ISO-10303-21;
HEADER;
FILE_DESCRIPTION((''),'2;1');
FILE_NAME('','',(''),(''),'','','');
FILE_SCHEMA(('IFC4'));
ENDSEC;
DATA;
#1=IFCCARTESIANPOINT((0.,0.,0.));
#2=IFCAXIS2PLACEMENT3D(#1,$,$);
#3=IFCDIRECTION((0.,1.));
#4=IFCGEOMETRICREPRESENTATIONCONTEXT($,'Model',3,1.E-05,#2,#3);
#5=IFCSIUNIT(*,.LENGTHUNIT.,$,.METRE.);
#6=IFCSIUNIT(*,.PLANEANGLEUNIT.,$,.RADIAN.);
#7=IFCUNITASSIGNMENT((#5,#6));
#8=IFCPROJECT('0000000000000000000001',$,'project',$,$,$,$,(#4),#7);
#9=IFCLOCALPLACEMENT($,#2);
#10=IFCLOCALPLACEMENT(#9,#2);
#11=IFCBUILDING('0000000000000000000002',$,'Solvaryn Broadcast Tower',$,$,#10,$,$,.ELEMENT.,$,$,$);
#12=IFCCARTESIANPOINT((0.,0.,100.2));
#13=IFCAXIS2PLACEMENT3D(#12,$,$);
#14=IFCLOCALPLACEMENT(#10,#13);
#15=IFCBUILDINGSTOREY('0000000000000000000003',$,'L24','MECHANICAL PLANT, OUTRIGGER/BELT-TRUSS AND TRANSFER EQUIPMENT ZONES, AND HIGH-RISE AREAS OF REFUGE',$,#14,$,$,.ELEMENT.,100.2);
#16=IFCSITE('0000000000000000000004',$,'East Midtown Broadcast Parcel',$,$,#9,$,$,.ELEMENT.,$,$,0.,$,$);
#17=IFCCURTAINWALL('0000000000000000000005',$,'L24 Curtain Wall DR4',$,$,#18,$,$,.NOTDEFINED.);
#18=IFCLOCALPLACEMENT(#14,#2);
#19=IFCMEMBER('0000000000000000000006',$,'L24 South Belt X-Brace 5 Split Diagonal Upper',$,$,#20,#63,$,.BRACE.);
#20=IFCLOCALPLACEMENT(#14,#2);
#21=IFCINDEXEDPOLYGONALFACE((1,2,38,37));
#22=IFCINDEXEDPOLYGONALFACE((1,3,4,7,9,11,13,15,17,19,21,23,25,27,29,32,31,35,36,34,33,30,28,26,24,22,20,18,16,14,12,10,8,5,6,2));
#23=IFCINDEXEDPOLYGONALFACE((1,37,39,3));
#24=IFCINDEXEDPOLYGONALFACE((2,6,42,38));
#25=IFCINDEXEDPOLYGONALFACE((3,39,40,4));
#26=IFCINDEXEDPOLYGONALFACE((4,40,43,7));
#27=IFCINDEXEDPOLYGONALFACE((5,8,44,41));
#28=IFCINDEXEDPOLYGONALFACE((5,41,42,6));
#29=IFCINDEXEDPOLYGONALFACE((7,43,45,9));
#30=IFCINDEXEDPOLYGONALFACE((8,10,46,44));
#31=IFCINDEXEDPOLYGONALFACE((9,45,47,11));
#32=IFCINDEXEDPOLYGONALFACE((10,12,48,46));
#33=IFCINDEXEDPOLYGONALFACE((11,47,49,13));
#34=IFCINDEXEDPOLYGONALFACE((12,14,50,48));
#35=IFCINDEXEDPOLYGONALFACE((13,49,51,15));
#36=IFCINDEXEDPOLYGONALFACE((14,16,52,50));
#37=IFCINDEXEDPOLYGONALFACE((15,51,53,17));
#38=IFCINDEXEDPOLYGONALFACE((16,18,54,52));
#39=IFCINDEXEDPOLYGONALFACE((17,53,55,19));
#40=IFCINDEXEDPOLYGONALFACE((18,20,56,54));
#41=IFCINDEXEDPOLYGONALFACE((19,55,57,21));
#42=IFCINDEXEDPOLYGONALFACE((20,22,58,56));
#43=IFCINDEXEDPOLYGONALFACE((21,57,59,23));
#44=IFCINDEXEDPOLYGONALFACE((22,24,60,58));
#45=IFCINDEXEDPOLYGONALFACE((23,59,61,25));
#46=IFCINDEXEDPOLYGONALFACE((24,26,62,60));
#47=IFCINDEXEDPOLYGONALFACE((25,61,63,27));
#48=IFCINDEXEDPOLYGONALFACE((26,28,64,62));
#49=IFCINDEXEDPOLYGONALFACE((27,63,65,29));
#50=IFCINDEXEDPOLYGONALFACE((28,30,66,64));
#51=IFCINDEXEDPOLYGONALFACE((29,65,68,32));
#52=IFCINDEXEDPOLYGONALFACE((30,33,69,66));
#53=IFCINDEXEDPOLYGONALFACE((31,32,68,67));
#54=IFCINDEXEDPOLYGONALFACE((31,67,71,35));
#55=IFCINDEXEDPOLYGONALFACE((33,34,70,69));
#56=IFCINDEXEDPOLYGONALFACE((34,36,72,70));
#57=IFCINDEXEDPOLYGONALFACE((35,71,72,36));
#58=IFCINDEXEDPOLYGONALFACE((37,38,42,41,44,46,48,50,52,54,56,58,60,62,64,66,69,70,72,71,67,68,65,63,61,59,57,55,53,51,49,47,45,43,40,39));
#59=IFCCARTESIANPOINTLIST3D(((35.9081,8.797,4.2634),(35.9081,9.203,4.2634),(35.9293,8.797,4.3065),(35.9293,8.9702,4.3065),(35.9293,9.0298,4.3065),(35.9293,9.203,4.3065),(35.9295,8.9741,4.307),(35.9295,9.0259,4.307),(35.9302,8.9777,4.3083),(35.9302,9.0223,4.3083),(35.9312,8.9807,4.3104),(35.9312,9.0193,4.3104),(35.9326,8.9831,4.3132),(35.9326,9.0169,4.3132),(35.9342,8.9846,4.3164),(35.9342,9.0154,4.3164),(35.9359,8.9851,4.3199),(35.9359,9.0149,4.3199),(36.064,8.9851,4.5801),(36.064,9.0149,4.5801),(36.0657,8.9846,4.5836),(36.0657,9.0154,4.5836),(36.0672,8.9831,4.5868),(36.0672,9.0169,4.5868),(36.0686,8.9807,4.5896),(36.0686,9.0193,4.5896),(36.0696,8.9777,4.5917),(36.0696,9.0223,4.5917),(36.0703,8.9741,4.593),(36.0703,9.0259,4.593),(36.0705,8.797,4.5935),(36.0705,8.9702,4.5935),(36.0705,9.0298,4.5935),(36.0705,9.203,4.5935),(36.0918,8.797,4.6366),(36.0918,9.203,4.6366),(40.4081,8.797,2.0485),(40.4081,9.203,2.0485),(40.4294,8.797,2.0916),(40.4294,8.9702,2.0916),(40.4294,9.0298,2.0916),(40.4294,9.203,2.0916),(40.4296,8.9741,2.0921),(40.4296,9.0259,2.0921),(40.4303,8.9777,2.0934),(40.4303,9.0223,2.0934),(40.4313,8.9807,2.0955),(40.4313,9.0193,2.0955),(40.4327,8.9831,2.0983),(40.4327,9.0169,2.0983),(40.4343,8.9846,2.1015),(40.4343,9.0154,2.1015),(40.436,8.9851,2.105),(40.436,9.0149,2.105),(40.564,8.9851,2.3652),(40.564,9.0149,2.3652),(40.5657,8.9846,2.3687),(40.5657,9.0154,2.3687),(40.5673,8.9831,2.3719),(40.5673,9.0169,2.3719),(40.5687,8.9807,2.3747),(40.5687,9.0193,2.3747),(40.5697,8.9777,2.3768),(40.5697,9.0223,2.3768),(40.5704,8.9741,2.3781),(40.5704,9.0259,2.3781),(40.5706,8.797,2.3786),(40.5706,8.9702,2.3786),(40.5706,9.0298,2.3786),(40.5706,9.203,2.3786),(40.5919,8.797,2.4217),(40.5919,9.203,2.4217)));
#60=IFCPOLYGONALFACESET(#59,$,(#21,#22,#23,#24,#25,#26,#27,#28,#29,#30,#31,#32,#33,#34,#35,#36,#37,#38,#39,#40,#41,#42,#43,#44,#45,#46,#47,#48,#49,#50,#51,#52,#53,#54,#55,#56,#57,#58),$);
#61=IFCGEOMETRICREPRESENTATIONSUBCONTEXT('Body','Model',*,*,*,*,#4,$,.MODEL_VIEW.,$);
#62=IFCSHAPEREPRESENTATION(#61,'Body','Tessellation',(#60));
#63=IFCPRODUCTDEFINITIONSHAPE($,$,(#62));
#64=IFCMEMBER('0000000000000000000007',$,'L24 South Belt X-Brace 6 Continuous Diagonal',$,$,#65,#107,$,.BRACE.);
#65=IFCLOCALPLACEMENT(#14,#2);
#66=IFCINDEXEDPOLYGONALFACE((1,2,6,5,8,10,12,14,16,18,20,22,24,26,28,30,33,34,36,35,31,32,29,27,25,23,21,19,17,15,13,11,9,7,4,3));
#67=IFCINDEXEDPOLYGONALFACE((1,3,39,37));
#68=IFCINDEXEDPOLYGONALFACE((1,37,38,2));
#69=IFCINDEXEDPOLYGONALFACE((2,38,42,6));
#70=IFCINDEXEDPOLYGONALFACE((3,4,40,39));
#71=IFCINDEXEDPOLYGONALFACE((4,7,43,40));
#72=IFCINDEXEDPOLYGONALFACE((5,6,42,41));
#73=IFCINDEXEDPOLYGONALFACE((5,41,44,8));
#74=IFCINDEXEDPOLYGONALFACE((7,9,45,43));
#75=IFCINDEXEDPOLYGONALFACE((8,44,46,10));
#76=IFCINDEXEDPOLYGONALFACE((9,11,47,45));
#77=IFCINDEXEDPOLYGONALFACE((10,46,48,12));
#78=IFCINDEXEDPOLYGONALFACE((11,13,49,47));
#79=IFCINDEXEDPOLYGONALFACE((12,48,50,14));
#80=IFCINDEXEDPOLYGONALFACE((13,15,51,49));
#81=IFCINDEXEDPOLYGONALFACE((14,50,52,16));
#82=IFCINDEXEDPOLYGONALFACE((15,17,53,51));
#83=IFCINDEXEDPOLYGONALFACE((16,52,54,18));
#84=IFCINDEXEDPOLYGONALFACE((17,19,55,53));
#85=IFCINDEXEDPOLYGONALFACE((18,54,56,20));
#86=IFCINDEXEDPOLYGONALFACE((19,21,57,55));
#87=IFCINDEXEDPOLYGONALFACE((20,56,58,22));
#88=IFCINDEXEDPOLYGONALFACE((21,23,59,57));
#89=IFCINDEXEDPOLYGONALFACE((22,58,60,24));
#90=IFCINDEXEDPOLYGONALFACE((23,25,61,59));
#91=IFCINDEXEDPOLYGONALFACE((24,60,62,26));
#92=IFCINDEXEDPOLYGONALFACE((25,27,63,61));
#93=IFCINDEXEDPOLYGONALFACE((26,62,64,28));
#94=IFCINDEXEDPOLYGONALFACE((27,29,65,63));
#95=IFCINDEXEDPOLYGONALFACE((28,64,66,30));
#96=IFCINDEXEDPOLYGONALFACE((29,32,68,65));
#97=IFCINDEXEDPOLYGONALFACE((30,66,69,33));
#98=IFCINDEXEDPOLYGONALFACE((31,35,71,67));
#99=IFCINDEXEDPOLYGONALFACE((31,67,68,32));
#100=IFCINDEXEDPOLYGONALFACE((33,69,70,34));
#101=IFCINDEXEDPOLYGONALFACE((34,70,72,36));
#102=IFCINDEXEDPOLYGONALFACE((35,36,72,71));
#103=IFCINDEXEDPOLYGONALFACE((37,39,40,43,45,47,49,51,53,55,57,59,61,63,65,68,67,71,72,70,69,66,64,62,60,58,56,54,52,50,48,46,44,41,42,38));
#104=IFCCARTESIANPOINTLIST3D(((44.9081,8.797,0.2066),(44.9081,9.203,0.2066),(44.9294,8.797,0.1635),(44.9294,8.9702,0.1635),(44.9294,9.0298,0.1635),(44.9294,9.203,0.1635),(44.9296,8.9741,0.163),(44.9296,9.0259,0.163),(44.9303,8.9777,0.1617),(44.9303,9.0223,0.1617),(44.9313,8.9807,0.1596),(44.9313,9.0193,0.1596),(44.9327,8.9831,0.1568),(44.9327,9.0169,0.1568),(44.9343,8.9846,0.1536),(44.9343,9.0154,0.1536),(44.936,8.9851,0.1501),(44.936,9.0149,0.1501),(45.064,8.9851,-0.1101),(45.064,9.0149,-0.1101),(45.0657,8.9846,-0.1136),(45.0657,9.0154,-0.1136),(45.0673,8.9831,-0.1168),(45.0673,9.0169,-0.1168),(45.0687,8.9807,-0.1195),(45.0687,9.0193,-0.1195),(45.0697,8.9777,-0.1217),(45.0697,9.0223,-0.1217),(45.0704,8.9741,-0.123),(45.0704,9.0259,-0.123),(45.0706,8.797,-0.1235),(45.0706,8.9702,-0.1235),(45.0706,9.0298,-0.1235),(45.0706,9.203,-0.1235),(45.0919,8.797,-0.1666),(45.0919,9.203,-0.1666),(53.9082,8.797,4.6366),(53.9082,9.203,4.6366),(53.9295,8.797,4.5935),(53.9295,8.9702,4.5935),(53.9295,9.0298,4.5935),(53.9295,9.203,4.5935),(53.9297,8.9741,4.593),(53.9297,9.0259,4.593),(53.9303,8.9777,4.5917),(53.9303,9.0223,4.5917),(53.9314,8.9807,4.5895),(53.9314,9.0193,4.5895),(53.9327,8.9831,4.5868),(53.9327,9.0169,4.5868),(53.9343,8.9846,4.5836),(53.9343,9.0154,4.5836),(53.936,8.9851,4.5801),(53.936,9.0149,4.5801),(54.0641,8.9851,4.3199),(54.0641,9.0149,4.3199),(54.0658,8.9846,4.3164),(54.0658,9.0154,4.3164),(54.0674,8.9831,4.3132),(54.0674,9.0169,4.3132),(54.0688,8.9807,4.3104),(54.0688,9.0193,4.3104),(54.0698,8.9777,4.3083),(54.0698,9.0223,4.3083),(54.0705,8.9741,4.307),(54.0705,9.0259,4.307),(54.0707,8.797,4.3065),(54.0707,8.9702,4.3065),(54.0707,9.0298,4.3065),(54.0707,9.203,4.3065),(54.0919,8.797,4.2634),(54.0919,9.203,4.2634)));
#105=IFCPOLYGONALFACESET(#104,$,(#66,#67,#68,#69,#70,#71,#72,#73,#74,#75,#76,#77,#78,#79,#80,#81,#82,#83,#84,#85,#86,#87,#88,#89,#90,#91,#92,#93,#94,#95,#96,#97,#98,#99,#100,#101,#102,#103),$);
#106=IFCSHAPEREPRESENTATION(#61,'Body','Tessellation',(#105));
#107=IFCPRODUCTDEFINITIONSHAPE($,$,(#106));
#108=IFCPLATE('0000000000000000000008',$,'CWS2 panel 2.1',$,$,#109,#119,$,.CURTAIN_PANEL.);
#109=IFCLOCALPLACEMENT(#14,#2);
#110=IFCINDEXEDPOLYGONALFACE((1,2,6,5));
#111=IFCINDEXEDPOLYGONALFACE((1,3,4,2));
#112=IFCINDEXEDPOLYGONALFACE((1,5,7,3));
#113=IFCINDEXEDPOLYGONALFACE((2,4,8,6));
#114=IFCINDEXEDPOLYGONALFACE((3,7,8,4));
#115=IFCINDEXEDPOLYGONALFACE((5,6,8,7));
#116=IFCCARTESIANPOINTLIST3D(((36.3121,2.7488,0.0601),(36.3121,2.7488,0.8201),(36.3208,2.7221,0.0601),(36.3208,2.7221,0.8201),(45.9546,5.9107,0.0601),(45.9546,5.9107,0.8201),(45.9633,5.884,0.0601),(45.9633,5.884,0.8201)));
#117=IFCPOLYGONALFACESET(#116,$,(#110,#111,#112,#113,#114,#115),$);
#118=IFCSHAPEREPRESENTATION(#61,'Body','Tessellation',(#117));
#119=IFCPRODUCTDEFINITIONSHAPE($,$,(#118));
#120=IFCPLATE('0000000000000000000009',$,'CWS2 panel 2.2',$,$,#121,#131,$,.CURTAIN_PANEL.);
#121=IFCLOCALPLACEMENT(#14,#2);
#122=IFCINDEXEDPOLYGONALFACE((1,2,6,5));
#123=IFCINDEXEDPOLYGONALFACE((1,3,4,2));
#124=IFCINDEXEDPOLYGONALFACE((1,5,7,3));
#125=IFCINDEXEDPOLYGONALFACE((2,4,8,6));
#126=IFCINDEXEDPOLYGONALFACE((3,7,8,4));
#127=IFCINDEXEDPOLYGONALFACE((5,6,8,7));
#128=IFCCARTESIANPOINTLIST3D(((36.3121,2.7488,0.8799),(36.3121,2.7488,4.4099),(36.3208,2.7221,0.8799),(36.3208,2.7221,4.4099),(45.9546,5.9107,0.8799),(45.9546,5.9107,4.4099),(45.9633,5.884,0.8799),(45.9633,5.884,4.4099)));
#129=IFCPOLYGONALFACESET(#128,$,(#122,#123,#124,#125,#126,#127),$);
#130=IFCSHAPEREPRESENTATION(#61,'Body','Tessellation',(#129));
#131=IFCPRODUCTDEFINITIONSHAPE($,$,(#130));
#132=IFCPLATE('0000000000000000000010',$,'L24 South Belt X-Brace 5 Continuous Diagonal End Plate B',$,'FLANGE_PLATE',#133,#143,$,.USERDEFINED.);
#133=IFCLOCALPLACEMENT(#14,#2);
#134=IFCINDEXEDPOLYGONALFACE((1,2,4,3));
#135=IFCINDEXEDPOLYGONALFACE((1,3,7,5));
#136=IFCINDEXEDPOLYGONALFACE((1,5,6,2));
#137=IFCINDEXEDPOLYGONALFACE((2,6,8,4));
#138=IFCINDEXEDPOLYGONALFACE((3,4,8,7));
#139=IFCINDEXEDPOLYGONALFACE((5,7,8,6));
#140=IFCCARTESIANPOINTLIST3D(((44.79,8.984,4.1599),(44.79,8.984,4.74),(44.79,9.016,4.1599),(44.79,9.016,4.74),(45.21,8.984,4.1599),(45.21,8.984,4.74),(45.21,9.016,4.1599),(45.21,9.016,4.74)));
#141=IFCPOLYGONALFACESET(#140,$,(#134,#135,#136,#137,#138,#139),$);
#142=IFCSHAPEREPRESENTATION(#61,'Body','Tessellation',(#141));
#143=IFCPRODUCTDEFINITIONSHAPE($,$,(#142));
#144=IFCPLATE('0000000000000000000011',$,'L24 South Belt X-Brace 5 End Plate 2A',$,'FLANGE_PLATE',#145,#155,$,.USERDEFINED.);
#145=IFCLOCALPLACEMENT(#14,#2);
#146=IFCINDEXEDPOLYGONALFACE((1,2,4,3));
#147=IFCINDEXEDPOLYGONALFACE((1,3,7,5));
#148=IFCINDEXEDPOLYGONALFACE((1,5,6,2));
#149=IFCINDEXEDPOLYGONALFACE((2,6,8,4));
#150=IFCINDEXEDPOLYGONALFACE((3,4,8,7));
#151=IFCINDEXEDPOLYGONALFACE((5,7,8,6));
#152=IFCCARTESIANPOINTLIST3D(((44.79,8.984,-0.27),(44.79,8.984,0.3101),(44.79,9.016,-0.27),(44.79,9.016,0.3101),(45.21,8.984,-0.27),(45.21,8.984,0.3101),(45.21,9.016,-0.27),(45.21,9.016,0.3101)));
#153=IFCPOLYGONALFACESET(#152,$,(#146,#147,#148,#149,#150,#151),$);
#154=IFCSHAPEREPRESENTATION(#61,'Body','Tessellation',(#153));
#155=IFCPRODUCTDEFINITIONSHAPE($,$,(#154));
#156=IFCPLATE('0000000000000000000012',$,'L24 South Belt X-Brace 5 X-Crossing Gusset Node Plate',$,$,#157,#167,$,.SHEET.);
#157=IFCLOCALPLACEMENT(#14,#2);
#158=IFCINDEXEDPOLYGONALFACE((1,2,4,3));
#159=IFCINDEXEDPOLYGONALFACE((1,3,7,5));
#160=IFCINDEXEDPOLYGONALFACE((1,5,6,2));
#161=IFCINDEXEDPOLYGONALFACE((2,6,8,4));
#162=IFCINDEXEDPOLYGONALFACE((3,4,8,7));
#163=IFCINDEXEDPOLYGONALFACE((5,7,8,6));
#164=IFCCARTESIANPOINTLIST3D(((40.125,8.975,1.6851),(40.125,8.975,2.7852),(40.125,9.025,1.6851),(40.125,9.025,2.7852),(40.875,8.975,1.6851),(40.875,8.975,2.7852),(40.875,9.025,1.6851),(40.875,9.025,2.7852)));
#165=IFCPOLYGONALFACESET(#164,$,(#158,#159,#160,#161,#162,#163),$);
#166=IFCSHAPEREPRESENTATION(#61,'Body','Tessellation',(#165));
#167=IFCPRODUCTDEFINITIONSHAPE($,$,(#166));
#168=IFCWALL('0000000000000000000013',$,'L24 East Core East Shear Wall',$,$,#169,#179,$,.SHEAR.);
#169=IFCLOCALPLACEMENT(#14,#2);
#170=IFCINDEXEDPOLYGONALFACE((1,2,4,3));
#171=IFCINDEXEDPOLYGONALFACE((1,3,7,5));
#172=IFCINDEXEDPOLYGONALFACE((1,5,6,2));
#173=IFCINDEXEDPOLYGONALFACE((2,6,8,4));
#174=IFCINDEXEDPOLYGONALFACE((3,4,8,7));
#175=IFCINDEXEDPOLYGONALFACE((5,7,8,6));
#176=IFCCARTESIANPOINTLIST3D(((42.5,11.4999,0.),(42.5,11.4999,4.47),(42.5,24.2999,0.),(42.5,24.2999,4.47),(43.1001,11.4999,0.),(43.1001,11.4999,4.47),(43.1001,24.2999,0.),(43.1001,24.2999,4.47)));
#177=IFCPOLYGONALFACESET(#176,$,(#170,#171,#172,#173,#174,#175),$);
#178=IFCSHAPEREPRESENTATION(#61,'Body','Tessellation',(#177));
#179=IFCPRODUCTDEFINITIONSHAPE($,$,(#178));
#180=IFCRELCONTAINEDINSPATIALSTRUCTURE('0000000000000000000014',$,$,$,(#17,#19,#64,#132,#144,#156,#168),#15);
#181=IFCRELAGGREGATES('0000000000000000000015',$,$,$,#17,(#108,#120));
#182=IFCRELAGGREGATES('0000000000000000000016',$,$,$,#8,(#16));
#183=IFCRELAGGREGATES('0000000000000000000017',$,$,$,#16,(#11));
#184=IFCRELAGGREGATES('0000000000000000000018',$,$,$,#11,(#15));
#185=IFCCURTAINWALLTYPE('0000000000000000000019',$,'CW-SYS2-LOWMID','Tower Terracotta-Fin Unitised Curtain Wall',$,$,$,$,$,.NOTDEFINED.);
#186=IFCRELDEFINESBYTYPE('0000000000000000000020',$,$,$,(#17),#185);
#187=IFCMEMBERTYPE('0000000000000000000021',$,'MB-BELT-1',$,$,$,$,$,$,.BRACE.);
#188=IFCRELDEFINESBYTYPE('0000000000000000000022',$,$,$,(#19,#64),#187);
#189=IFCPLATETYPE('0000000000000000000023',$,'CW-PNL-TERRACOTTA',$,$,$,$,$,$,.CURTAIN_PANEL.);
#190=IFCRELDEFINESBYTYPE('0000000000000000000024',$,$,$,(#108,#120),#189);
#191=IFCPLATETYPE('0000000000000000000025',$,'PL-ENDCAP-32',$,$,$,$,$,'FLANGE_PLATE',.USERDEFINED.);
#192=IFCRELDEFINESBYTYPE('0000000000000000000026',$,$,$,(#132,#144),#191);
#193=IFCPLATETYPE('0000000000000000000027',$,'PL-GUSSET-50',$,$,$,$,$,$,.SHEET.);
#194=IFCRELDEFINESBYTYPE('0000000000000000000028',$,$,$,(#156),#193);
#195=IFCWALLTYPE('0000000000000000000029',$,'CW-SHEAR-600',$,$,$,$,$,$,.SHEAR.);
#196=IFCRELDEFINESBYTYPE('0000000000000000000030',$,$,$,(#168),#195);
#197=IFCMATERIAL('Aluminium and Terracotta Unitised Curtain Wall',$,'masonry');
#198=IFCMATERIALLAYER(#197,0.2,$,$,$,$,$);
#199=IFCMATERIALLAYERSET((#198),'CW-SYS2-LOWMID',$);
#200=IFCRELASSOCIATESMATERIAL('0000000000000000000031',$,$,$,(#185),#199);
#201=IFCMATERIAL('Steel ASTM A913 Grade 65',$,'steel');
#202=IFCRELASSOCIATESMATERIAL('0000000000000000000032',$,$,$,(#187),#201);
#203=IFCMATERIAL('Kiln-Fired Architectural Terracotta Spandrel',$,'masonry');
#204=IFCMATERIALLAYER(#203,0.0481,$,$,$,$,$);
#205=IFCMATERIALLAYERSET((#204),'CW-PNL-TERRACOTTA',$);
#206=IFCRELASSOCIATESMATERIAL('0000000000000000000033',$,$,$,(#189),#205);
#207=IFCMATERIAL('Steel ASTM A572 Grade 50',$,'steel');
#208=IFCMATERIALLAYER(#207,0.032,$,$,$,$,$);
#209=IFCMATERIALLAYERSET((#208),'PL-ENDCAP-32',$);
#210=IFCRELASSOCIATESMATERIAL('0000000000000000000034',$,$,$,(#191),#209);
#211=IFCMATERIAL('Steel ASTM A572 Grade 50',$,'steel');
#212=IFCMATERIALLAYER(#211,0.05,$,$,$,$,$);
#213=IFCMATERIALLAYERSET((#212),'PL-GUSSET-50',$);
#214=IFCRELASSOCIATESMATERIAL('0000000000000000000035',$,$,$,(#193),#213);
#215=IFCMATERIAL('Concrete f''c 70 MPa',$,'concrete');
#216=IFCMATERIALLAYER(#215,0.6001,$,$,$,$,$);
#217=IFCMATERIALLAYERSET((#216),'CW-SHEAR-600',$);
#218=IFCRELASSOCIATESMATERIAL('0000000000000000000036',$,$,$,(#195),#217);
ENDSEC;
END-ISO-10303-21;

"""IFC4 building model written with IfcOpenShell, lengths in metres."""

from ifc_helpers import new_model, si_unit, direction, frame, frame_2d, origin, origin_2d, place, context, subcontext, project, spatial, rectangle, i_section, extrude, material, layer, layer_set, material_profile, profile_set, type_object, element, aggregate, save


model = new_model("IFC4")

# Units and contexts
model_context = context("Model", 3, precision=1e-05, world=origin(), true_north=direction((0.0, 1.0)))
body_context = subcontext(model_context, "Body", "Model", "MODEL_VIEW")
ifc_project = project(units=[si_unit("LENGTHUNIT", "METRE"), si_unit("PLANEANGLEUNIT", "RADIAN")], contexts=[model_context])

# Site, building, storey
site_placement = place(None, origin())
site = spatial("IfcSite", under=ifc_project, at=site_placement, Name="East Midtown Broadcast Parcel", CompositionType="ELEMENT", RefElevation=0.0)
building_placement = place(site_placement, origin())
building = spatial("IfcBuilding", under=site, at=building_placement, Name="Solvaryn Broadcast Tower", CompositionType="ELEMENT")
storey_placement = place(building_placement, frame((0.0, 0.0, 100.2)))
storey = spatial("IfcBuildingStorey", under=building, at=storey_placement, Name="L24", Description="MECHANICAL PLANT, OUTRIGGER/BELT-TRUSS AND TRANSFER EQUIPMENT ZONES, AND HIGH-RISE AREAS OF REFUGE", CompositionType="ELEMENT", Elevation=100.2)

# Curtain wall
ifc_material_1 = material(Name="Aluminium and Terracotta Unitised Curtain Wall", Category="masonry")
ifc_layer_1 = layer(ifc_material_1, 0.2)
ifc_layer_set_1 = layer_set([ifc_layer_1], Name="CW-SYS2-LOWMID")
curtain_wall_type = type_object("IfcCurtainWallType", Name="CW-SYS2-LOWMID", Description="Tower Terracotta-Fin Unitised Curtain Wall", PredefinedType="NOTDEFINED", material=ifc_layer_set_1)
curtain_wall_1_placement = place(storey_placement, origin())
curtain_wall_1 = element("IfcCurtainWall", 1, at=curtain_wall_1_placement, inside=storey, type_object=curtain_wall_type, Name="L24 Curtain Wall DR4", PredefinedType="NOTDEFINED")

# Members
ifc_material_2 = material(Name="Steel ASTM A913 Grade 65", Category="steel")
ifc_material_profile_1 = material_profile(ifc_material_2, i_section(OverallWidth=0.406, OverallDepth=0.416, WebThickness=0.0298, FlangeThickness=0.0481, FilletRadius=0.0149, at=origin_2d()))
ifc_profile_set_1 = profile_set([ifc_material_profile_1], Name="Steel ASTM A913 Grade 65")
member_type_1 = type_object("IfcMemberType", Name="MB-BELT-1", PredefinedType="BRACE", material=ifc_profile_set_1)
for number, where, z_axis, x_axis, name in (
    (2, (40.5, 9.0, 2.2351), (-0.897213, 0.0, 0.441597), (0.0, -1.0, 0.0), "L24 South Belt X-Brace 5 Split Diagonal Upper"),
):
    element("IfcMember", number, at=place(storey_placement, frame(where, z_axis=z_axis, x_axis=x_axis)), inside=storey, type_object=member_type_1, Name=name, PredefinedType="BRACE", context=body_context, shape_type="SweptSolid", body=[
        extrude(i_section(OverallWidth=0.406, OverallDepth=0.416, WebThickness=0.0298, FlangeThickness=0.0481, FilletRadius=0.0149, at=origin_2d()), origin(), (0.0, 0.0, 1.0), 5.0156),
    ])
member_1_placement = place(storey_placement, frame((45.0, 9.0, 0.02), z_axis=(0.897204, 0.0, 0.441617), x_axis=(0.0, 1.0, 0.0)))
element("IfcMember", 3, at=member_1_placement, inside=storey, type_object=member_type_1, Name="L24 South Belt X-Brace 6 Continuous Diagonal", PredefinedType="BRACE", context=body_context, shape_type="SweptSolid", body=[
    extrude(i_section(OverallWidth=0.406, OverallDepth=0.416, WebThickness=0.0298, FlangeThickness=0.0481, FilletRadius=0.0149, at=origin_2d()), origin(), (0.0, 0.0, 1.0), 10.0312),
])

# Plates
ifc_material_3 = material(Name="Kiln-Fired Architectural Terracotta Spandrel", Category="masonry")
ifc_layer_2 = layer(ifc_material_3, 0.0481)
ifc_layer_set_2 = layer_set([ifc_layer_2], Name="CW-PNL-TERRACOTTA")
plate_type_1 = type_object("IfcPlateType", Name="CW-PNL-TERRACOTTA", PredefinedType="CURTAIN_PANEL", material=ifc_layer_set_2)
plate_1_placement = place(storey_placement, frame((41.1377, 4.3164, 0.0601), z_axis=(0.0, 0.0, 1.0), x_axis=(0.950215, 0.311594, 0.0)))
plate_1 = element("IfcPlate", 4, at=plate_1_placement, type_object=plate_type_1, Name="CWS2 panel 2.1", PredefinedType="CURTAIN_PANEL", context=body_context, shape_type="SweptSolid", body=[
    extrude(rectangle(XDim=10.1477, YDim=0.0281, at=origin_2d()), origin(), (0.0, 0.0, 1.0), 0.76),
])
plate_2_placement = place(storey_placement, frame((41.1377, 4.3164, 0.8799), z_axis=(0.0, 0.0, 1.0), x_axis=(0.950215, 0.311594, 0.0)))
plate_2 = element("IfcPlate", 5, at=plate_2_placement, type_object=plate_type_1, Name="CWS2 panel 2.2", PredefinedType="CURTAIN_PANEL", context=body_context, shape_type="SweptSolid", body=[
    extrude(rectangle(XDim=10.1477, YDim=0.0281, at=origin_2d()), origin(), (0.0, 0.0, 1.0), 3.53),
])
aggregate(curtain_wall_1, [plate_1, plate_2])

# Plates
ifc_material_4 = material(Name="Steel ASTM A572 Grade 50", Category="steel")
ifc_layer_3 = layer(ifc_material_4, 0.032)
ifc_layer_set_3 = layer_set([ifc_layer_3], Name="PL-ENDCAP-32")
plate_type_2 = type_object("IfcPlateType", Name="PL-ENDCAP-32", ElementType="FLANGE_PLATE", PredefinedType="USERDEFINED", material=ifc_layer_set_3)
for number, where, z_axis, x_axis, name in (
    (6, (45.0, 9.0, 4.1599), (0.0, 0.0, 1.0), (1.0, 0.0, 0.0), "L24 South Belt X-Brace 5 Continuous Diagonal End Plate B"),
    (7, (45.0, 9.0, -0.27), (0.0, 0.0, 1.0), (1.0, 0.0, 0.0), "L24 South Belt X-Brace 5 End Plate 2A"),
):
    element("IfcPlate", number, at=place(storey_placement, frame(where, z_axis=z_axis, x_axis=x_axis)), inside=storey, type_object=plate_type_2, Name=name, ObjectType="FLANGE_PLATE", PredefinedType="USERDEFINED", context=body_context, shape_type="SweptSolid", body=[
        extrude(rectangle(XDim=0.4199, YDim=0.032, at=origin_2d()), origin(), (0.0, 0.0, 1.0), 0.5801),
    ])
ifc_material_5 = material(Name="Steel ASTM A572 Grade 50", Category="steel")
ifc_layer_4 = layer(ifc_material_5, 0.05)
ifc_layer_set_4 = layer_set([ifc_layer_4], Name="PL-GUSSET-50")
plate_type_3 = type_object("IfcPlateType", Name="PL-GUSSET-50", PredefinedType="SHEET", material=ifc_layer_set_4)
plate_3_placement = place(storey_placement, frame((40.5, 9.0, 1.6851), z_axis=(0.0, 0.0, 1.0), x_axis=(1.0, 0.0, 0.0)))
element("IfcPlate", 8, at=plate_3_placement, inside=storey, type_object=plate_type_3, Name="L24 South Belt X-Brace 5 X-Crossing Gusset Node Plate", PredefinedType="SHEET", context=body_context, shape_type="SweptSolid", body=[
    extrude(rectangle(XDim=0.75, YDim=0.05, at=origin_2d()), origin(), (0.0, 0.0, 1.0), 1.1001),
])

# Wall
ifc_material_6 = material(Name="Concrete f'c 70 MPa", Category="concrete")
ifc_layer_5 = layer(ifc_material_6, 0.6001)
ifc_layer_set_5 = layer_set([ifc_layer_5], Name="CW-SHEAR-600")
wall_type_1 = type_object("IfcWallType", Name="CW-SHEAR-600", PredefinedType="SHEAR", material=ifc_layer_set_5)
wall_1_placement = place(storey_placement, frame((42.8, 11.5, 0.0), z_axis=(0.0, 0.0, 1.0), x_axis=(0.0, 1.0, 0.0)))
element("IfcWall", 9, at=wall_1_placement, inside=storey, type_object=wall_type_1, Name="L24 East Core East Shear Wall", PredefinedType="SHEAR", context=body_context, shape_type="SweptSolid", body=[
    extrude(rectangle(XDim=12.8, YDim=0.6001, at=frame_2d((6.3999, 0.0))), origin(), (0.0, 0.0, 1.0), 4.47),
])

save(model, "model.ifc")
